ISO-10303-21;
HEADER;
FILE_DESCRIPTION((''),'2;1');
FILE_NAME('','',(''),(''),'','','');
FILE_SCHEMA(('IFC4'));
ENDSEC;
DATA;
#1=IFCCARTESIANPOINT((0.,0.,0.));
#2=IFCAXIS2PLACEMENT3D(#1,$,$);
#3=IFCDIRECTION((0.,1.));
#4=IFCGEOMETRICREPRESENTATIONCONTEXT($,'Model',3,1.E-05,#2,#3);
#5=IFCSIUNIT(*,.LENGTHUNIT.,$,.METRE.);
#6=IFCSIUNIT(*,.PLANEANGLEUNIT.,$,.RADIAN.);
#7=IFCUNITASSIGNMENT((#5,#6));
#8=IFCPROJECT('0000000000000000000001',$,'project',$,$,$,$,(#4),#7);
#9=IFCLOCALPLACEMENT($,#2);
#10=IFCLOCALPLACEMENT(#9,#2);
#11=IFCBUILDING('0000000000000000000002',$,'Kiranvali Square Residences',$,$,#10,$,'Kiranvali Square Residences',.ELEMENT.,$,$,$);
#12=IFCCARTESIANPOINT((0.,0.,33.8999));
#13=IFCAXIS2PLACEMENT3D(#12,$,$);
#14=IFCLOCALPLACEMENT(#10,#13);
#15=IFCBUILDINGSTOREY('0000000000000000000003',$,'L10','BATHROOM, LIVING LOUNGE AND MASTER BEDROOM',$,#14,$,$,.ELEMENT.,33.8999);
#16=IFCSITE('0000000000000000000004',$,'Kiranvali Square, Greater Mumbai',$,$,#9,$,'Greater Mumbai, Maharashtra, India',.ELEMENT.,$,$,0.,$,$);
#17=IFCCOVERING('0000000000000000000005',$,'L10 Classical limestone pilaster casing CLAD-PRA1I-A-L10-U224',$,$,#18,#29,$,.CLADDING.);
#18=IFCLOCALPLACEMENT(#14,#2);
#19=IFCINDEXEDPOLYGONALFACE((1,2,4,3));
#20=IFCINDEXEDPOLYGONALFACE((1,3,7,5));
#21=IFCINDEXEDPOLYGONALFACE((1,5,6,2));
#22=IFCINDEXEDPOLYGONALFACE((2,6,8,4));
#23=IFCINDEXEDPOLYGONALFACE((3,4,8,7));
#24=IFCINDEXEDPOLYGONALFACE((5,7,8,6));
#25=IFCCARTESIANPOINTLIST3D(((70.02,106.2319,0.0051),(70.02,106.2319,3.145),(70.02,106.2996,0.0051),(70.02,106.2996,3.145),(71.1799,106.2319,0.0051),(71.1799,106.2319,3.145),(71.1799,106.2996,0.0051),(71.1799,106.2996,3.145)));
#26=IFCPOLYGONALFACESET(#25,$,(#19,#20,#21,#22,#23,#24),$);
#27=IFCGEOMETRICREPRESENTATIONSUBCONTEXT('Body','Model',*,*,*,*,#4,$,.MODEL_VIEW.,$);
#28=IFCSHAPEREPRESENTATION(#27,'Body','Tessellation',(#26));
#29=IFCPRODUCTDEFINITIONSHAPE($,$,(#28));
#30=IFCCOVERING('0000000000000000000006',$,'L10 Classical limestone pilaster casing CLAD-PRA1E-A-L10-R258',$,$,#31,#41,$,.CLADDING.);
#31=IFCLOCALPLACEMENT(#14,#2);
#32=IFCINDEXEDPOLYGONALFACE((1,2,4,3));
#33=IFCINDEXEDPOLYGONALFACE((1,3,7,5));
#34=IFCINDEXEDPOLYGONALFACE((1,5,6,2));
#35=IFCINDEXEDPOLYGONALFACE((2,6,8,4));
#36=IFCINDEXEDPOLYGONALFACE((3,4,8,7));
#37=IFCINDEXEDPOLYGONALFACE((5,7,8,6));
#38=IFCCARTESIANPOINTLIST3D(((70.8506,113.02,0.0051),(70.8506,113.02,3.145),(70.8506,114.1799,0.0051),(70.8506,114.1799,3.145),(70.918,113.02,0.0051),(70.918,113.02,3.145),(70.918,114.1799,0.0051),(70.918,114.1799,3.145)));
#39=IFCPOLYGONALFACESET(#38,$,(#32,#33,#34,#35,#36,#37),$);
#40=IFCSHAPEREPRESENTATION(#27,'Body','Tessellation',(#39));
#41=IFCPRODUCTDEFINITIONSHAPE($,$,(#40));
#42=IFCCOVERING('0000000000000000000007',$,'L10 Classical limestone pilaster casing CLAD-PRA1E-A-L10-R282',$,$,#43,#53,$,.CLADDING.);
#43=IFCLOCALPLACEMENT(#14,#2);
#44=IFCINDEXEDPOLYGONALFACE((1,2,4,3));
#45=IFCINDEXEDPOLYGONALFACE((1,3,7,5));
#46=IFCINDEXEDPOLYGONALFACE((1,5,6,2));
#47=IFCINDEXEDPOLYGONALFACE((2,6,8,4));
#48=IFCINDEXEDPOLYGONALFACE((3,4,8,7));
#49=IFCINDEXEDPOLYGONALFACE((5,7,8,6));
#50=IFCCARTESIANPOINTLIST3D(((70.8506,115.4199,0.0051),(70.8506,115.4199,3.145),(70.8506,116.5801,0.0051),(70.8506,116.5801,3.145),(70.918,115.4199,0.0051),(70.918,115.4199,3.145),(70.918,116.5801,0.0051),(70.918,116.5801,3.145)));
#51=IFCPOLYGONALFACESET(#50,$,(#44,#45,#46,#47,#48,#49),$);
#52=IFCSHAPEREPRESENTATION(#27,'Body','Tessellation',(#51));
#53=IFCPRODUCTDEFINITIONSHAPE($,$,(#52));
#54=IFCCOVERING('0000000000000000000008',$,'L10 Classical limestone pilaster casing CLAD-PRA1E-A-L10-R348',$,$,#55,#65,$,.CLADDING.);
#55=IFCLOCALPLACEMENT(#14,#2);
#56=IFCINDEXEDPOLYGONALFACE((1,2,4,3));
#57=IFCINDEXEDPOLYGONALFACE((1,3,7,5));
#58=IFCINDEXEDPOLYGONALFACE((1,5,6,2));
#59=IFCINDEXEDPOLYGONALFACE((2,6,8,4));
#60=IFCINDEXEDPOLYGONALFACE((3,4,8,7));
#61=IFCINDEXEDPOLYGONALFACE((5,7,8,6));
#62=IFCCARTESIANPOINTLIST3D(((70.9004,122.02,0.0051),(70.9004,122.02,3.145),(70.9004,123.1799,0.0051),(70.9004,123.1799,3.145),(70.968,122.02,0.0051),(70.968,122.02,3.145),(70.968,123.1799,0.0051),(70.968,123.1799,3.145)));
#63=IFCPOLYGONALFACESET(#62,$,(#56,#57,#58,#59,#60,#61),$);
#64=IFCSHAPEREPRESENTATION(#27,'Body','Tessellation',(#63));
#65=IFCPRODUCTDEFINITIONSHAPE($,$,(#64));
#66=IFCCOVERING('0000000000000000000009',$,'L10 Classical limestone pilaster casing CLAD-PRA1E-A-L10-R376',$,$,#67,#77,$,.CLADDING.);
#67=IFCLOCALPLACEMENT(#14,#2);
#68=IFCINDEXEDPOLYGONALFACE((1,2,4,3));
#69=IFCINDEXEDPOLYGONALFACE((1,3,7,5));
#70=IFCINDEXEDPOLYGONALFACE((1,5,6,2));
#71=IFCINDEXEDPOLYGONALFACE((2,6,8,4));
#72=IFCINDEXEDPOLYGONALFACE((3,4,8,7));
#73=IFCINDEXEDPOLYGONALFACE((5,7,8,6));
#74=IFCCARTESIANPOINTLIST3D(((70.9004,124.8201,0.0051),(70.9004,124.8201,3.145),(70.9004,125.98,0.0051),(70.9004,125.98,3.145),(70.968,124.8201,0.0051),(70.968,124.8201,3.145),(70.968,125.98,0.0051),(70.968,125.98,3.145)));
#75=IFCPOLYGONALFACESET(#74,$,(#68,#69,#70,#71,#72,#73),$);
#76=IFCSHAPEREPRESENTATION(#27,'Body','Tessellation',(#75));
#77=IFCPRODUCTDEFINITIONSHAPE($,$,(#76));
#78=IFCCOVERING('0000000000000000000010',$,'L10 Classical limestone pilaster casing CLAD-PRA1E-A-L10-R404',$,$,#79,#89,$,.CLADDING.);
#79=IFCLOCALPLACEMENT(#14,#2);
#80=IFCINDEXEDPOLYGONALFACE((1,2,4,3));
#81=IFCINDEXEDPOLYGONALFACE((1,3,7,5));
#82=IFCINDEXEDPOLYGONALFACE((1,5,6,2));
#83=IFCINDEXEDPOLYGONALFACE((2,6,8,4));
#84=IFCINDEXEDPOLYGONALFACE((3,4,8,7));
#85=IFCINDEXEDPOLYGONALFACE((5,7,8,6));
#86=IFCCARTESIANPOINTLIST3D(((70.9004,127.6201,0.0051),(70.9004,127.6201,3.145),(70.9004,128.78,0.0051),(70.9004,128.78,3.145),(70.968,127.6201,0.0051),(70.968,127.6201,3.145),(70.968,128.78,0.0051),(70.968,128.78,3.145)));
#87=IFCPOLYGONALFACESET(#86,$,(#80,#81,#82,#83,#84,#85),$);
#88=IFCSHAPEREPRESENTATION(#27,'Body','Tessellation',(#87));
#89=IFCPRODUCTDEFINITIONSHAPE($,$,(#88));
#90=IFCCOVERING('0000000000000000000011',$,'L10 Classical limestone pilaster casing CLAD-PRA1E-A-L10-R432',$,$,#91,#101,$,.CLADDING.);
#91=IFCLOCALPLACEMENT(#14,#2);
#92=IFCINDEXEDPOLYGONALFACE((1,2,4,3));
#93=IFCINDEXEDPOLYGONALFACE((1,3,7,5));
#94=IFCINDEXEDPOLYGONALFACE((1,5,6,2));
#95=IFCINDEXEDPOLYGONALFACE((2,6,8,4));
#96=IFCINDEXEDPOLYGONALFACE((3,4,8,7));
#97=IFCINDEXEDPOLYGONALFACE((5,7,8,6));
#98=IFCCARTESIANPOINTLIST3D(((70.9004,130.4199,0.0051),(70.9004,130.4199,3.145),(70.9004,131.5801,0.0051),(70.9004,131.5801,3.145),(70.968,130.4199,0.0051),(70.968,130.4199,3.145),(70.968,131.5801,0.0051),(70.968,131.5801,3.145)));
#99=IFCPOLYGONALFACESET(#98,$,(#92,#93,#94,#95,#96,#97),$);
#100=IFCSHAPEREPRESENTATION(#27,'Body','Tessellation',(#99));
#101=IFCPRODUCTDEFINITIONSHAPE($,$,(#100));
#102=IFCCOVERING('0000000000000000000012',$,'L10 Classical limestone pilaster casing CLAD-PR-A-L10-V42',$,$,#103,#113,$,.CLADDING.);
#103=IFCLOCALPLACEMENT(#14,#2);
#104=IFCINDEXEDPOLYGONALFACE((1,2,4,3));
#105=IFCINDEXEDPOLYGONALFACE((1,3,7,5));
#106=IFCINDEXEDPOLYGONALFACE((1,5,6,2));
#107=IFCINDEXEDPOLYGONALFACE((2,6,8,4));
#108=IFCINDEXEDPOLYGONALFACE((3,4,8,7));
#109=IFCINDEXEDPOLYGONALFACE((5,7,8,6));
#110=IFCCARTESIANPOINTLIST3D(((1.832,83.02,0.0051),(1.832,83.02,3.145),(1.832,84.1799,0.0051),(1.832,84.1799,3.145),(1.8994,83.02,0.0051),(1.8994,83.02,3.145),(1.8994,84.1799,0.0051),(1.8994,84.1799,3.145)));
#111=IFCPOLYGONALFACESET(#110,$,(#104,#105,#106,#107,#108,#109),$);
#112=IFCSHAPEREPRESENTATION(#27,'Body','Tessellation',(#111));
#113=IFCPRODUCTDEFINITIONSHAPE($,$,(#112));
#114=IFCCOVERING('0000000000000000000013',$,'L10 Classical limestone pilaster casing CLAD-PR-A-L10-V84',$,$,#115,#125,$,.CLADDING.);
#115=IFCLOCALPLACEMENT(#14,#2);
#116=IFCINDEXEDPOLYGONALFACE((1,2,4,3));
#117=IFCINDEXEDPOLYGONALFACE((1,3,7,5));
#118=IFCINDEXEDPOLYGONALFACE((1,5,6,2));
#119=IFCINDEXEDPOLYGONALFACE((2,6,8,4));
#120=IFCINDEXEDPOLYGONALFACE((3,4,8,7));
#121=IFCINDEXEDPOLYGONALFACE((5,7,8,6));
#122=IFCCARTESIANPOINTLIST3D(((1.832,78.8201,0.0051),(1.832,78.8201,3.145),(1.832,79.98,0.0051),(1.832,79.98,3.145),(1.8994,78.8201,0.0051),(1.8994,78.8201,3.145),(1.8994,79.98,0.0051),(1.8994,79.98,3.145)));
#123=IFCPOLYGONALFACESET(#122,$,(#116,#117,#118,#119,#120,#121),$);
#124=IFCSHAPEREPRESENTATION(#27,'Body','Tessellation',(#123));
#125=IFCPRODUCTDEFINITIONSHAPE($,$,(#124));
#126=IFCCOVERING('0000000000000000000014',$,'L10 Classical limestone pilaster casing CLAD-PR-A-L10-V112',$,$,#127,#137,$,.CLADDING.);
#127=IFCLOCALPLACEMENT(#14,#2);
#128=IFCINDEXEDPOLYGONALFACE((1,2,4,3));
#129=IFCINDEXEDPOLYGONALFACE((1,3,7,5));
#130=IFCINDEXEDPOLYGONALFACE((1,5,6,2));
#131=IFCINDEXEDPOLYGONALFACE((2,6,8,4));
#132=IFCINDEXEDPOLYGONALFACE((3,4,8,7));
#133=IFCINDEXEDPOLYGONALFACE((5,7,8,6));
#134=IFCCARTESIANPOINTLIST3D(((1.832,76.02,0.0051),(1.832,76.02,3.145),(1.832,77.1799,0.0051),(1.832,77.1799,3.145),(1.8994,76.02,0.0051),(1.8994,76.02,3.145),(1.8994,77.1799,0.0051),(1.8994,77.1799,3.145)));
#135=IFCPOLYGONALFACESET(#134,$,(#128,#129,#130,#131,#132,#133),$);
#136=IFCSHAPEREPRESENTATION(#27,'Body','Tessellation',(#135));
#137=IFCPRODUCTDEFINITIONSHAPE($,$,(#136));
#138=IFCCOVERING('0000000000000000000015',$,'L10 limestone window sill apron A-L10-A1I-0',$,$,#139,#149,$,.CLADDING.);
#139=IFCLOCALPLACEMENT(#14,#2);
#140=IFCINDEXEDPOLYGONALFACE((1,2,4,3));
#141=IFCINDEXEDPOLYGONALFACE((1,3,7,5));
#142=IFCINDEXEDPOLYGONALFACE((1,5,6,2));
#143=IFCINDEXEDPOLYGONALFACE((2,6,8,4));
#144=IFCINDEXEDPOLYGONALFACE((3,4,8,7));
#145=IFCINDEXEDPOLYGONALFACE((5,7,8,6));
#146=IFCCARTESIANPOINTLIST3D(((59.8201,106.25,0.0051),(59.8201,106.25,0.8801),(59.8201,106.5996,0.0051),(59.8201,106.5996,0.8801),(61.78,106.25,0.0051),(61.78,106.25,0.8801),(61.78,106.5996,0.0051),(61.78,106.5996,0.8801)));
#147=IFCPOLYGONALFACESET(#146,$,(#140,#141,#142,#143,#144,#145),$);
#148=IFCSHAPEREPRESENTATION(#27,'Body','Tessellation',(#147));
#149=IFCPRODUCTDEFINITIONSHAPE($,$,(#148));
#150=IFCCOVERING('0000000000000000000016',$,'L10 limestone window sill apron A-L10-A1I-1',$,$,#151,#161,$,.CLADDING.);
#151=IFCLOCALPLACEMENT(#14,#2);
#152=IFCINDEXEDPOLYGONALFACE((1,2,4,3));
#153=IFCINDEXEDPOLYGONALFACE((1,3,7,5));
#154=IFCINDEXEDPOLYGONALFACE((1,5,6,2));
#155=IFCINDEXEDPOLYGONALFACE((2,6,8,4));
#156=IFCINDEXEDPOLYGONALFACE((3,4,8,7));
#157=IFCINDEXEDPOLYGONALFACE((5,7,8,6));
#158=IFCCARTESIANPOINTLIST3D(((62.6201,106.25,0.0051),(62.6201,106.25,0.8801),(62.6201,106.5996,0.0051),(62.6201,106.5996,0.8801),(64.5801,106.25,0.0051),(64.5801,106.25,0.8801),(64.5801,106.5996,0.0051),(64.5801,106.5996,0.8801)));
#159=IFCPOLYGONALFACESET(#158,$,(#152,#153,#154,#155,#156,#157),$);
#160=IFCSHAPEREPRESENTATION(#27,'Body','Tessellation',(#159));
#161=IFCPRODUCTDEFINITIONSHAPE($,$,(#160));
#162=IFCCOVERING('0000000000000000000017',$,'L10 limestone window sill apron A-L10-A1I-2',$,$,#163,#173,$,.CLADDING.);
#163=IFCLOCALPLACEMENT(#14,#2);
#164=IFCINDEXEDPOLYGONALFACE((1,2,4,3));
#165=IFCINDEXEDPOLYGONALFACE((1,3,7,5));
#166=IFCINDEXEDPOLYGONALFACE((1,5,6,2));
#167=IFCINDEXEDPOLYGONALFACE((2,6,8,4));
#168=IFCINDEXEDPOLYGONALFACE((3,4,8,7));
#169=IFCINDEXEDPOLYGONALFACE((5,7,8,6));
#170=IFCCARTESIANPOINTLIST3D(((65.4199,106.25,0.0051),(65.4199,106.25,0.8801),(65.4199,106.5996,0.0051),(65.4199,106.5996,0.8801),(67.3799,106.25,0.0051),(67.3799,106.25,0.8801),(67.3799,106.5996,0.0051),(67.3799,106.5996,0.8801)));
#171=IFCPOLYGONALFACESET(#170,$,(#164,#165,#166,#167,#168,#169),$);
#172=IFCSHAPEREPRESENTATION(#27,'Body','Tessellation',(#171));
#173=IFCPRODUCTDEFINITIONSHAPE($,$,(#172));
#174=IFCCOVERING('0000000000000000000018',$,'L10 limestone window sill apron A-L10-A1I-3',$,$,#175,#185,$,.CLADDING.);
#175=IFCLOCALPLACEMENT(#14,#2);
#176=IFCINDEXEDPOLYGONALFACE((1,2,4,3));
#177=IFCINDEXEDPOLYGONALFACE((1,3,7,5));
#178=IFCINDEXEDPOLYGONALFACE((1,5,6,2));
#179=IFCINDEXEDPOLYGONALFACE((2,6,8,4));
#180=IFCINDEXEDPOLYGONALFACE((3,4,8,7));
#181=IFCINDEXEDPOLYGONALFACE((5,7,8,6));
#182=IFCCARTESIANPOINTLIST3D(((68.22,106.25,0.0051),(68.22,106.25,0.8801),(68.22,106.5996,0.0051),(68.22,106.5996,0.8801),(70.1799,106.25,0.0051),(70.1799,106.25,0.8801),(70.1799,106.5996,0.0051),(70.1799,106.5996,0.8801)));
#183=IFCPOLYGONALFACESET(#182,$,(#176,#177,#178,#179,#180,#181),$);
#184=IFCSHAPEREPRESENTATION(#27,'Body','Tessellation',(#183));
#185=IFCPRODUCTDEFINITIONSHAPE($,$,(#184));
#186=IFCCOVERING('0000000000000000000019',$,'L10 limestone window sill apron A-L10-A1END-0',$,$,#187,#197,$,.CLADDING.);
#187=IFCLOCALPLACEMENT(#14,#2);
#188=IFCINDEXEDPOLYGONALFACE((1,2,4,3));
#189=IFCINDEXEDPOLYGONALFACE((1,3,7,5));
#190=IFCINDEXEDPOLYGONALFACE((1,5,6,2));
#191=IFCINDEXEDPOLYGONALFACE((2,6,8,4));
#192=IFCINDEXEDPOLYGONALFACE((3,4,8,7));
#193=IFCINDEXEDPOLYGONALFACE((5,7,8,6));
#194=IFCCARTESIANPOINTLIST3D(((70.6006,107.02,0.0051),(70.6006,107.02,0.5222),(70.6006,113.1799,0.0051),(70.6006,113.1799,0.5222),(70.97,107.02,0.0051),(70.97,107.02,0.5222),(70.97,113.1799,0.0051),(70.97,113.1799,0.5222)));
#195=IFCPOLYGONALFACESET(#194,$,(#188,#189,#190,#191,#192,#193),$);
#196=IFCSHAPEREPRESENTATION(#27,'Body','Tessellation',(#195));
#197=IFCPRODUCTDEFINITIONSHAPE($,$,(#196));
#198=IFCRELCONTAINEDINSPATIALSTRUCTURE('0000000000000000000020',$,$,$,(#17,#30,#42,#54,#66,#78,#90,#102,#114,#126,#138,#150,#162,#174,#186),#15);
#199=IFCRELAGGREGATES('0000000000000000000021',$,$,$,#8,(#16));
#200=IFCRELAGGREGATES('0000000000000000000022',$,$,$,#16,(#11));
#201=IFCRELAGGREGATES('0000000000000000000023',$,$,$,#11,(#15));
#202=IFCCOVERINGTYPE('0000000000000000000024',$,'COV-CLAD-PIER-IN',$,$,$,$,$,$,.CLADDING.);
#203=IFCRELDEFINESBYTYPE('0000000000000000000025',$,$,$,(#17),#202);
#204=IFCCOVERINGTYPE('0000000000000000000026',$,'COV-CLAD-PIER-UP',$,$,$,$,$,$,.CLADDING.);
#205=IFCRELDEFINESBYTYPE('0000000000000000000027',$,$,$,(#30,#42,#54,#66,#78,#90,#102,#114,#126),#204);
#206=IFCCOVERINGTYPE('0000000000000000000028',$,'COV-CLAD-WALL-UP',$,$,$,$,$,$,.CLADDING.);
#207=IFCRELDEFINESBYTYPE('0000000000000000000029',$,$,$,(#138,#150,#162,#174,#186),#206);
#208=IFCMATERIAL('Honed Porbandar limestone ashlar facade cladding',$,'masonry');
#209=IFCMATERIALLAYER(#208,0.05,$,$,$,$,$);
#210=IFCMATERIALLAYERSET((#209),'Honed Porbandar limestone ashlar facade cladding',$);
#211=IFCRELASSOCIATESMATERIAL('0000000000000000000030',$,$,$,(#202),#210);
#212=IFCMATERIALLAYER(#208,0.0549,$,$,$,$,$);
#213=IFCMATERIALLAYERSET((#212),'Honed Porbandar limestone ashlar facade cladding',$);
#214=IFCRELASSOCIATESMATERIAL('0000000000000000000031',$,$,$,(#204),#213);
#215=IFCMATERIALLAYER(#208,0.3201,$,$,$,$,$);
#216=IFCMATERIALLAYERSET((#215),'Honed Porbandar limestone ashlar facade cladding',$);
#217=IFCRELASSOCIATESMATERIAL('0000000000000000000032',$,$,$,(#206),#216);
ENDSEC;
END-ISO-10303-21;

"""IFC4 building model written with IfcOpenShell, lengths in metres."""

from ifc_helpers import new_model, si_unit, direction, frame, origin, place, context, subcontext, project, spatial, polyline, outline, extrude, material, layer, layer_set, type_object, element, save


model = new_model("IFC4")

# Units and contexts
model_context = context("Model", 3, precision=1e-05, world=origin(), true_north=direction((0.0, 1.0)))
body_context = subcontext(model_context, "Body", "Model", "MODEL_VIEW")
ifc_project = project(units=[si_unit("LENGTHUNIT", "METRE"), si_unit("PLANEANGLEUNIT", "RADIAN")], contexts=[model_context])

# Site, building, storey
site_placement = place(None, origin())
site = spatial("IfcSite", under=ifc_project, at=site_placement, Name="Kiranvali Square, Greater Mumbai", LongName="Greater Mumbai, Maharashtra, India", CompositionType="ELEMENT", RefElevation=0.0)
building_placement = place(site_placement, origin())
building = spatial("IfcBuilding", under=site, at=building_placement, Name="Kiranvali Square Residences", LongName="Kiranvali Square Residences", CompositionType="ELEMENT")
storey_placement = place(building_placement, frame((0.0, 0.0, 33.8999)))
storey = spatial("IfcBuildingStorey", under=building, at=storey_placement, Name="L10", Description="BATHROOM, LIVING LOUNGE AND MASTER BEDROOM", CompositionType="ELEMENT", Elevation=33.8999)

# Coverings
ifc_material = material(Name="Honed Porbandar limestone ashlar facade cladding", Category="masonry")
ifc_layer_1 = layer(ifc_material, 0.05)
ifc_layer_set_1 = layer_set([ifc_layer_1], Name="Honed Porbandar limestone ashlar facade cladding")
covering_type_1 = type_object("IfcCoveringType", Name="COV-CLAD-PIER-IN", PredefinedType="CLADDING", material=ifc_layer_set_1)
covering_1_placement = place(storey_placement, frame((0.0, 0.0, 0.0051)))
element("IfcCovering", 1, at=covering_1_placement, inside=storey, type_object=covering_type_1, Name="L10 Classical limestone pilaster casing CLAD-PRA1I-A-L10-U224", PredefinedType="CLADDING", context=body_context, shape_type="SweptSolid", body=[
    extrude(outline(polyline([(70.02, 106.2319), (71.1799, 106.2319), (71.1799, 106.2996), (70.02, 106.2996), (70.02, 106.2319)])), origin(), (0.0, 0.0, 1.0), 3.1399),
])
ifc_layer_2 = layer(ifc_material, 0.0549)
ifc_layer_set_2 = layer_set([ifc_layer_2], Name="Honed Porbandar limestone ashlar facade cladding")
covering_type_2 = type_object("IfcCoveringType", Name="COV-CLAD-PIER-UP", PredefinedType="CLADDING", material=ifc_layer_set_2)
covering_2_placement = place(storey_placement, frame((0.0, 0.0, 0.0051)))
element("IfcCovering", 2, at=covering_2_placement, inside=storey, type_object=covering_type_2, Name="L10 Classical limestone pilaster casing CLAD-PRA1E-A-L10-R258", PredefinedType="CLADDING", context=body_context, shape_type="SweptSolid", body=[
    extrude(outline(polyline([(70.918, 113.02), (70.918, 114.1799), (70.8506, 114.1799), (70.8506, 113.02), (70.918, 113.02)])), origin(), (0.0, 0.0, 1.0), 3.1399),
])
covering_3_placement = place(storey_placement, frame((0.0, 0.0, 0.0051)))
element("IfcCovering", 3, at=covering_3_placement, inside=storey, type_object=covering_type_2, Name="L10 Classical limestone pilaster casing CLAD-PRA1E-A-L10-R282", PredefinedType="CLADDING", context=body_context, shape_type="SweptSolid", body=[
    extrude(outline(polyline([(70.918, 115.4199), (70.918, 116.5801), (70.8506, 116.5801), (70.8506, 115.4199), (70.918, 115.4199)])), origin(), (0.0, 0.0, 1.0), 3.1399),
])
covering_4_placement = place(storey_placement, frame((0.0, 0.0, 0.0051)))
element("IfcCovering", 4, at=covering_4_placement, inside=storey, type_object=covering_type_2, Name="L10 Classical limestone pilaster casing CLAD-PRA1E-A-L10-R348", PredefinedType="CLADDING", context=body_context, shape_type="SweptSolid", body=[
    extrude(outline(polyline([(70.968, 122.02), (70.968, 123.1799), (70.9004, 123.1799), (70.9004, 122.02), (70.968, 122.02)])), origin(), (0.0, 0.0, 1.0), 3.1399),
])
covering_5_placement = place(storey_placement, frame((0.0, 0.0, 0.0051)))
element("IfcCovering", 5, at=covering_5_placement, inside=storey, type_object=covering_type_2, Name="L10 Classical limestone pilaster casing CLAD-PRA1E-A-L10-R376", PredefinedType="CLADDING", context=body_context, shape_type="SweptSolid", body=[
    extrude(outline(polyline([(70.968, 124.8201), (70.968, 125.98), (70.9004, 125.98), (70.9004, 124.8201), (70.968, 124.8201)])), origin(), (0.0, 0.0, 1.0), 3.1399),
])
covering_6_placement = place(storey_placement, frame((0.0, 0.0, 0.0051)))
element("IfcCovering", 6, at=covering_6_placement, inside=storey, type_object=covering_type_2, Name="L10 Classical limestone pilaster casing CLAD-PRA1E-A-L10-R404", PredefinedType="CLADDING", context=body_context, shape_type="SweptSolid", body=[
    extrude(outline(polyline([(70.968, 127.6201), (70.968, 128.78), (70.9004, 128.78), (70.9004, 127.6201), (70.968, 127.6201)])), origin(), (0.0, 0.0, 1.0), 3.1399),
])
covering_7_placement = place(storey_placement, frame((0.0, 0.0, 0.0051)))
element("IfcCovering", 7, at=covering_7_placement, inside=storey, type_object=covering_type_2, Name="L10 Classical limestone pilaster casing CLAD-PRA1E-A-L10-R432", PredefinedType="CLADDING", context=body_context, shape_type="SweptSolid", body=[
    extrude(outline(polyline([(70.968, 130.4199), (70.968, 131.5801), (70.9004, 131.5801), (70.9004, 130.4199), (70.968, 130.4199)])), origin(), (0.0, 0.0, 1.0), 3.1399),
])
covering_8_placement = place(storey_placement, frame((0.0, 0.0, 0.0051)))
element("IfcCovering", 8, at=covering_8_placement, inside=storey, type_object=covering_type_2, Name="L10 Classical limestone pilaster casing CLAD-PR-A-L10-V42", PredefinedType="CLADDING", context=body_context, shape_type="SweptSolid", body=[
    extrude(outline(polyline([(1.832, 84.1799), (1.832, 83.02), (1.8994, 83.02), (1.8994, 84.1799), (1.832, 84.1799)])), origin(), (0.0, 0.0, 1.0), 3.1399),
])
covering_9_placement = place(storey_placement, frame((0.0, 0.0, 0.0051)))
element("IfcCovering", 9, at=covering_9_placement, inside=storey, type_object=covering_type_2, Name="L10 Classical limestone pilaster casing CLAD-PR-A-L10-V84", PredefinedType="CLADDING", context=body_context, shape_type="SweptSolid", body=[
    extrude(outline(polyline([(1.832, 79.98), (1.832, 78.8201), (1.8994, 78.8201), (1.8994, 79.98), (1.832, 79.98)])), origin(), (0.0, 0.0, 1.0), 3.1399),
])
covering_10_placement = place(storey_placement, frame((0.0, 0.0, 0.0051)))
element("IfcCovering", 10, at=covering_10_placement, inside=storey, type_object=covering_type_2, Name="L10 Classical limestone pilaster casing CLAD-PR-A-L10-V112", PredefinedType="CLADDING", context=body_context, shape_type="SweptSolid", body=[
    extrude(outline(polyline([(1.832, 77.1799), (1.832, 76.02), (1.8994, 76.02), (1.8994, 77.1799), (1.832, 77.1799)])), origin(), (0.0, 0.0, 1.0), 3.1399),
])
ifc_layer_3 = layer(ifc_material, 0.3201)
ifc_layer_set_3 = layer_set([ifc_layer_3], Name="Honed Porbandar limestone ashlar facade cladding")
covering_type_3 = type_object("IfcCoveringType", Name="COV-CLAD-WALL-UP", PredefinedType="CLADDING", material=ifc_layer_set_3)
covering_11_placement = place(storey_placement, frame((0.0, 0.0, 0.0051)))
element("IfcCovering", 11, at=covering_11_placement, inside=storey, type_object=covering_type_3, Name="L10 limestone window sill apron A-L10-A1I-0", PredefinedType="CLADDING", context=body_context, shape_type="SweptSolid", body=[
    extrude(outline(polyline([(59.8201, 106.25), (61.78, 106.25), (61.78, 106.5996), (59.8201, 106.5996), (59.8201, 106.25)])), origin(), (0.0, 0.0, 1.0), 0.875),
])
covering_12_placement = place(storey_placement, frame((0.0, 0.0, 0.0051)))
element("IfcCovering", 12, at=covering_12_placement, inside=storey, type_object=covering_type_3, Name="L10 limestone window sill apron A-L10-A1I-1", PredefinedType="CLADDING", context=body_context, shape_type="SweptSolid", body=[
    extrude(outline(polyline([(62.6201, 106.25), (64.5801, 106.25), (64.5801, 106.5996), (62.6201, 106.5996), (62.6201, 106.25)])), origin(), (0.0, 0.0, 1.0), 0.875),
])
covering_13_placement = place(storey_placement, frame((0.0, 0.0, 0.0051)))
element("IfcCovering", 13, at=covering_13_placement, inside=storey, type_object=covering_type_3, Name="L10 limestone window sill apron A-L10-A1I-2", PredefinedType="CLADDING", context=body_context, shape_type="SweptSolid", body=[
    extrude(outline(polyline([(65.4199, 106.25), (67.3799, 106.25), (67.3799, 106.5996), (65.4199, 106.5996), (65.4199, 106.25)])), origin(), (0.0, 0.0, 1.0), 0.875),
])
covering_14_placement = place(storey_placement, frame((0.0, 0.0, 0.0051)))
element("IfcCovering", 14, at=covering_14_placement, inside=storey, type_object=covering_type_3, Name="L10 limestone window sill apron A-L10-A1I-3", PredefinedType="CLADDING", context=body_context, shape_type="SweptSolid", body=[
    extrude(outline(polyline([(68.22, 106.25), (70.1799, 106.25), (70.1799, 106.5996), (68.22, 106.5996), (68.22, 106.25)])), origin(), (0.0, 0.0, 1.0), 0.875),
])
covering_15_placement = place(storey_placement, frame((0.0, 0.0, 0.0051)))
element("IfcCovering", 15, at=covering_15_placement, inside=storey, type_object=covering_type_3, Name="L10 limestone window sill apron A-L10-A1END-0", PredefinedType="CLADDING", context=body_context, shape_type="SweptSolid", body=[
    extrude(outline(polyline([(70.97, 107.02), (70.97, 113.1799), (70.6006, 113.1799), (70.6006, 107.02), (70.97, 107.02)])), origin(), (0.0, 0.0, 1.0), 0.5171),
])

save(model, "model.ifc")
